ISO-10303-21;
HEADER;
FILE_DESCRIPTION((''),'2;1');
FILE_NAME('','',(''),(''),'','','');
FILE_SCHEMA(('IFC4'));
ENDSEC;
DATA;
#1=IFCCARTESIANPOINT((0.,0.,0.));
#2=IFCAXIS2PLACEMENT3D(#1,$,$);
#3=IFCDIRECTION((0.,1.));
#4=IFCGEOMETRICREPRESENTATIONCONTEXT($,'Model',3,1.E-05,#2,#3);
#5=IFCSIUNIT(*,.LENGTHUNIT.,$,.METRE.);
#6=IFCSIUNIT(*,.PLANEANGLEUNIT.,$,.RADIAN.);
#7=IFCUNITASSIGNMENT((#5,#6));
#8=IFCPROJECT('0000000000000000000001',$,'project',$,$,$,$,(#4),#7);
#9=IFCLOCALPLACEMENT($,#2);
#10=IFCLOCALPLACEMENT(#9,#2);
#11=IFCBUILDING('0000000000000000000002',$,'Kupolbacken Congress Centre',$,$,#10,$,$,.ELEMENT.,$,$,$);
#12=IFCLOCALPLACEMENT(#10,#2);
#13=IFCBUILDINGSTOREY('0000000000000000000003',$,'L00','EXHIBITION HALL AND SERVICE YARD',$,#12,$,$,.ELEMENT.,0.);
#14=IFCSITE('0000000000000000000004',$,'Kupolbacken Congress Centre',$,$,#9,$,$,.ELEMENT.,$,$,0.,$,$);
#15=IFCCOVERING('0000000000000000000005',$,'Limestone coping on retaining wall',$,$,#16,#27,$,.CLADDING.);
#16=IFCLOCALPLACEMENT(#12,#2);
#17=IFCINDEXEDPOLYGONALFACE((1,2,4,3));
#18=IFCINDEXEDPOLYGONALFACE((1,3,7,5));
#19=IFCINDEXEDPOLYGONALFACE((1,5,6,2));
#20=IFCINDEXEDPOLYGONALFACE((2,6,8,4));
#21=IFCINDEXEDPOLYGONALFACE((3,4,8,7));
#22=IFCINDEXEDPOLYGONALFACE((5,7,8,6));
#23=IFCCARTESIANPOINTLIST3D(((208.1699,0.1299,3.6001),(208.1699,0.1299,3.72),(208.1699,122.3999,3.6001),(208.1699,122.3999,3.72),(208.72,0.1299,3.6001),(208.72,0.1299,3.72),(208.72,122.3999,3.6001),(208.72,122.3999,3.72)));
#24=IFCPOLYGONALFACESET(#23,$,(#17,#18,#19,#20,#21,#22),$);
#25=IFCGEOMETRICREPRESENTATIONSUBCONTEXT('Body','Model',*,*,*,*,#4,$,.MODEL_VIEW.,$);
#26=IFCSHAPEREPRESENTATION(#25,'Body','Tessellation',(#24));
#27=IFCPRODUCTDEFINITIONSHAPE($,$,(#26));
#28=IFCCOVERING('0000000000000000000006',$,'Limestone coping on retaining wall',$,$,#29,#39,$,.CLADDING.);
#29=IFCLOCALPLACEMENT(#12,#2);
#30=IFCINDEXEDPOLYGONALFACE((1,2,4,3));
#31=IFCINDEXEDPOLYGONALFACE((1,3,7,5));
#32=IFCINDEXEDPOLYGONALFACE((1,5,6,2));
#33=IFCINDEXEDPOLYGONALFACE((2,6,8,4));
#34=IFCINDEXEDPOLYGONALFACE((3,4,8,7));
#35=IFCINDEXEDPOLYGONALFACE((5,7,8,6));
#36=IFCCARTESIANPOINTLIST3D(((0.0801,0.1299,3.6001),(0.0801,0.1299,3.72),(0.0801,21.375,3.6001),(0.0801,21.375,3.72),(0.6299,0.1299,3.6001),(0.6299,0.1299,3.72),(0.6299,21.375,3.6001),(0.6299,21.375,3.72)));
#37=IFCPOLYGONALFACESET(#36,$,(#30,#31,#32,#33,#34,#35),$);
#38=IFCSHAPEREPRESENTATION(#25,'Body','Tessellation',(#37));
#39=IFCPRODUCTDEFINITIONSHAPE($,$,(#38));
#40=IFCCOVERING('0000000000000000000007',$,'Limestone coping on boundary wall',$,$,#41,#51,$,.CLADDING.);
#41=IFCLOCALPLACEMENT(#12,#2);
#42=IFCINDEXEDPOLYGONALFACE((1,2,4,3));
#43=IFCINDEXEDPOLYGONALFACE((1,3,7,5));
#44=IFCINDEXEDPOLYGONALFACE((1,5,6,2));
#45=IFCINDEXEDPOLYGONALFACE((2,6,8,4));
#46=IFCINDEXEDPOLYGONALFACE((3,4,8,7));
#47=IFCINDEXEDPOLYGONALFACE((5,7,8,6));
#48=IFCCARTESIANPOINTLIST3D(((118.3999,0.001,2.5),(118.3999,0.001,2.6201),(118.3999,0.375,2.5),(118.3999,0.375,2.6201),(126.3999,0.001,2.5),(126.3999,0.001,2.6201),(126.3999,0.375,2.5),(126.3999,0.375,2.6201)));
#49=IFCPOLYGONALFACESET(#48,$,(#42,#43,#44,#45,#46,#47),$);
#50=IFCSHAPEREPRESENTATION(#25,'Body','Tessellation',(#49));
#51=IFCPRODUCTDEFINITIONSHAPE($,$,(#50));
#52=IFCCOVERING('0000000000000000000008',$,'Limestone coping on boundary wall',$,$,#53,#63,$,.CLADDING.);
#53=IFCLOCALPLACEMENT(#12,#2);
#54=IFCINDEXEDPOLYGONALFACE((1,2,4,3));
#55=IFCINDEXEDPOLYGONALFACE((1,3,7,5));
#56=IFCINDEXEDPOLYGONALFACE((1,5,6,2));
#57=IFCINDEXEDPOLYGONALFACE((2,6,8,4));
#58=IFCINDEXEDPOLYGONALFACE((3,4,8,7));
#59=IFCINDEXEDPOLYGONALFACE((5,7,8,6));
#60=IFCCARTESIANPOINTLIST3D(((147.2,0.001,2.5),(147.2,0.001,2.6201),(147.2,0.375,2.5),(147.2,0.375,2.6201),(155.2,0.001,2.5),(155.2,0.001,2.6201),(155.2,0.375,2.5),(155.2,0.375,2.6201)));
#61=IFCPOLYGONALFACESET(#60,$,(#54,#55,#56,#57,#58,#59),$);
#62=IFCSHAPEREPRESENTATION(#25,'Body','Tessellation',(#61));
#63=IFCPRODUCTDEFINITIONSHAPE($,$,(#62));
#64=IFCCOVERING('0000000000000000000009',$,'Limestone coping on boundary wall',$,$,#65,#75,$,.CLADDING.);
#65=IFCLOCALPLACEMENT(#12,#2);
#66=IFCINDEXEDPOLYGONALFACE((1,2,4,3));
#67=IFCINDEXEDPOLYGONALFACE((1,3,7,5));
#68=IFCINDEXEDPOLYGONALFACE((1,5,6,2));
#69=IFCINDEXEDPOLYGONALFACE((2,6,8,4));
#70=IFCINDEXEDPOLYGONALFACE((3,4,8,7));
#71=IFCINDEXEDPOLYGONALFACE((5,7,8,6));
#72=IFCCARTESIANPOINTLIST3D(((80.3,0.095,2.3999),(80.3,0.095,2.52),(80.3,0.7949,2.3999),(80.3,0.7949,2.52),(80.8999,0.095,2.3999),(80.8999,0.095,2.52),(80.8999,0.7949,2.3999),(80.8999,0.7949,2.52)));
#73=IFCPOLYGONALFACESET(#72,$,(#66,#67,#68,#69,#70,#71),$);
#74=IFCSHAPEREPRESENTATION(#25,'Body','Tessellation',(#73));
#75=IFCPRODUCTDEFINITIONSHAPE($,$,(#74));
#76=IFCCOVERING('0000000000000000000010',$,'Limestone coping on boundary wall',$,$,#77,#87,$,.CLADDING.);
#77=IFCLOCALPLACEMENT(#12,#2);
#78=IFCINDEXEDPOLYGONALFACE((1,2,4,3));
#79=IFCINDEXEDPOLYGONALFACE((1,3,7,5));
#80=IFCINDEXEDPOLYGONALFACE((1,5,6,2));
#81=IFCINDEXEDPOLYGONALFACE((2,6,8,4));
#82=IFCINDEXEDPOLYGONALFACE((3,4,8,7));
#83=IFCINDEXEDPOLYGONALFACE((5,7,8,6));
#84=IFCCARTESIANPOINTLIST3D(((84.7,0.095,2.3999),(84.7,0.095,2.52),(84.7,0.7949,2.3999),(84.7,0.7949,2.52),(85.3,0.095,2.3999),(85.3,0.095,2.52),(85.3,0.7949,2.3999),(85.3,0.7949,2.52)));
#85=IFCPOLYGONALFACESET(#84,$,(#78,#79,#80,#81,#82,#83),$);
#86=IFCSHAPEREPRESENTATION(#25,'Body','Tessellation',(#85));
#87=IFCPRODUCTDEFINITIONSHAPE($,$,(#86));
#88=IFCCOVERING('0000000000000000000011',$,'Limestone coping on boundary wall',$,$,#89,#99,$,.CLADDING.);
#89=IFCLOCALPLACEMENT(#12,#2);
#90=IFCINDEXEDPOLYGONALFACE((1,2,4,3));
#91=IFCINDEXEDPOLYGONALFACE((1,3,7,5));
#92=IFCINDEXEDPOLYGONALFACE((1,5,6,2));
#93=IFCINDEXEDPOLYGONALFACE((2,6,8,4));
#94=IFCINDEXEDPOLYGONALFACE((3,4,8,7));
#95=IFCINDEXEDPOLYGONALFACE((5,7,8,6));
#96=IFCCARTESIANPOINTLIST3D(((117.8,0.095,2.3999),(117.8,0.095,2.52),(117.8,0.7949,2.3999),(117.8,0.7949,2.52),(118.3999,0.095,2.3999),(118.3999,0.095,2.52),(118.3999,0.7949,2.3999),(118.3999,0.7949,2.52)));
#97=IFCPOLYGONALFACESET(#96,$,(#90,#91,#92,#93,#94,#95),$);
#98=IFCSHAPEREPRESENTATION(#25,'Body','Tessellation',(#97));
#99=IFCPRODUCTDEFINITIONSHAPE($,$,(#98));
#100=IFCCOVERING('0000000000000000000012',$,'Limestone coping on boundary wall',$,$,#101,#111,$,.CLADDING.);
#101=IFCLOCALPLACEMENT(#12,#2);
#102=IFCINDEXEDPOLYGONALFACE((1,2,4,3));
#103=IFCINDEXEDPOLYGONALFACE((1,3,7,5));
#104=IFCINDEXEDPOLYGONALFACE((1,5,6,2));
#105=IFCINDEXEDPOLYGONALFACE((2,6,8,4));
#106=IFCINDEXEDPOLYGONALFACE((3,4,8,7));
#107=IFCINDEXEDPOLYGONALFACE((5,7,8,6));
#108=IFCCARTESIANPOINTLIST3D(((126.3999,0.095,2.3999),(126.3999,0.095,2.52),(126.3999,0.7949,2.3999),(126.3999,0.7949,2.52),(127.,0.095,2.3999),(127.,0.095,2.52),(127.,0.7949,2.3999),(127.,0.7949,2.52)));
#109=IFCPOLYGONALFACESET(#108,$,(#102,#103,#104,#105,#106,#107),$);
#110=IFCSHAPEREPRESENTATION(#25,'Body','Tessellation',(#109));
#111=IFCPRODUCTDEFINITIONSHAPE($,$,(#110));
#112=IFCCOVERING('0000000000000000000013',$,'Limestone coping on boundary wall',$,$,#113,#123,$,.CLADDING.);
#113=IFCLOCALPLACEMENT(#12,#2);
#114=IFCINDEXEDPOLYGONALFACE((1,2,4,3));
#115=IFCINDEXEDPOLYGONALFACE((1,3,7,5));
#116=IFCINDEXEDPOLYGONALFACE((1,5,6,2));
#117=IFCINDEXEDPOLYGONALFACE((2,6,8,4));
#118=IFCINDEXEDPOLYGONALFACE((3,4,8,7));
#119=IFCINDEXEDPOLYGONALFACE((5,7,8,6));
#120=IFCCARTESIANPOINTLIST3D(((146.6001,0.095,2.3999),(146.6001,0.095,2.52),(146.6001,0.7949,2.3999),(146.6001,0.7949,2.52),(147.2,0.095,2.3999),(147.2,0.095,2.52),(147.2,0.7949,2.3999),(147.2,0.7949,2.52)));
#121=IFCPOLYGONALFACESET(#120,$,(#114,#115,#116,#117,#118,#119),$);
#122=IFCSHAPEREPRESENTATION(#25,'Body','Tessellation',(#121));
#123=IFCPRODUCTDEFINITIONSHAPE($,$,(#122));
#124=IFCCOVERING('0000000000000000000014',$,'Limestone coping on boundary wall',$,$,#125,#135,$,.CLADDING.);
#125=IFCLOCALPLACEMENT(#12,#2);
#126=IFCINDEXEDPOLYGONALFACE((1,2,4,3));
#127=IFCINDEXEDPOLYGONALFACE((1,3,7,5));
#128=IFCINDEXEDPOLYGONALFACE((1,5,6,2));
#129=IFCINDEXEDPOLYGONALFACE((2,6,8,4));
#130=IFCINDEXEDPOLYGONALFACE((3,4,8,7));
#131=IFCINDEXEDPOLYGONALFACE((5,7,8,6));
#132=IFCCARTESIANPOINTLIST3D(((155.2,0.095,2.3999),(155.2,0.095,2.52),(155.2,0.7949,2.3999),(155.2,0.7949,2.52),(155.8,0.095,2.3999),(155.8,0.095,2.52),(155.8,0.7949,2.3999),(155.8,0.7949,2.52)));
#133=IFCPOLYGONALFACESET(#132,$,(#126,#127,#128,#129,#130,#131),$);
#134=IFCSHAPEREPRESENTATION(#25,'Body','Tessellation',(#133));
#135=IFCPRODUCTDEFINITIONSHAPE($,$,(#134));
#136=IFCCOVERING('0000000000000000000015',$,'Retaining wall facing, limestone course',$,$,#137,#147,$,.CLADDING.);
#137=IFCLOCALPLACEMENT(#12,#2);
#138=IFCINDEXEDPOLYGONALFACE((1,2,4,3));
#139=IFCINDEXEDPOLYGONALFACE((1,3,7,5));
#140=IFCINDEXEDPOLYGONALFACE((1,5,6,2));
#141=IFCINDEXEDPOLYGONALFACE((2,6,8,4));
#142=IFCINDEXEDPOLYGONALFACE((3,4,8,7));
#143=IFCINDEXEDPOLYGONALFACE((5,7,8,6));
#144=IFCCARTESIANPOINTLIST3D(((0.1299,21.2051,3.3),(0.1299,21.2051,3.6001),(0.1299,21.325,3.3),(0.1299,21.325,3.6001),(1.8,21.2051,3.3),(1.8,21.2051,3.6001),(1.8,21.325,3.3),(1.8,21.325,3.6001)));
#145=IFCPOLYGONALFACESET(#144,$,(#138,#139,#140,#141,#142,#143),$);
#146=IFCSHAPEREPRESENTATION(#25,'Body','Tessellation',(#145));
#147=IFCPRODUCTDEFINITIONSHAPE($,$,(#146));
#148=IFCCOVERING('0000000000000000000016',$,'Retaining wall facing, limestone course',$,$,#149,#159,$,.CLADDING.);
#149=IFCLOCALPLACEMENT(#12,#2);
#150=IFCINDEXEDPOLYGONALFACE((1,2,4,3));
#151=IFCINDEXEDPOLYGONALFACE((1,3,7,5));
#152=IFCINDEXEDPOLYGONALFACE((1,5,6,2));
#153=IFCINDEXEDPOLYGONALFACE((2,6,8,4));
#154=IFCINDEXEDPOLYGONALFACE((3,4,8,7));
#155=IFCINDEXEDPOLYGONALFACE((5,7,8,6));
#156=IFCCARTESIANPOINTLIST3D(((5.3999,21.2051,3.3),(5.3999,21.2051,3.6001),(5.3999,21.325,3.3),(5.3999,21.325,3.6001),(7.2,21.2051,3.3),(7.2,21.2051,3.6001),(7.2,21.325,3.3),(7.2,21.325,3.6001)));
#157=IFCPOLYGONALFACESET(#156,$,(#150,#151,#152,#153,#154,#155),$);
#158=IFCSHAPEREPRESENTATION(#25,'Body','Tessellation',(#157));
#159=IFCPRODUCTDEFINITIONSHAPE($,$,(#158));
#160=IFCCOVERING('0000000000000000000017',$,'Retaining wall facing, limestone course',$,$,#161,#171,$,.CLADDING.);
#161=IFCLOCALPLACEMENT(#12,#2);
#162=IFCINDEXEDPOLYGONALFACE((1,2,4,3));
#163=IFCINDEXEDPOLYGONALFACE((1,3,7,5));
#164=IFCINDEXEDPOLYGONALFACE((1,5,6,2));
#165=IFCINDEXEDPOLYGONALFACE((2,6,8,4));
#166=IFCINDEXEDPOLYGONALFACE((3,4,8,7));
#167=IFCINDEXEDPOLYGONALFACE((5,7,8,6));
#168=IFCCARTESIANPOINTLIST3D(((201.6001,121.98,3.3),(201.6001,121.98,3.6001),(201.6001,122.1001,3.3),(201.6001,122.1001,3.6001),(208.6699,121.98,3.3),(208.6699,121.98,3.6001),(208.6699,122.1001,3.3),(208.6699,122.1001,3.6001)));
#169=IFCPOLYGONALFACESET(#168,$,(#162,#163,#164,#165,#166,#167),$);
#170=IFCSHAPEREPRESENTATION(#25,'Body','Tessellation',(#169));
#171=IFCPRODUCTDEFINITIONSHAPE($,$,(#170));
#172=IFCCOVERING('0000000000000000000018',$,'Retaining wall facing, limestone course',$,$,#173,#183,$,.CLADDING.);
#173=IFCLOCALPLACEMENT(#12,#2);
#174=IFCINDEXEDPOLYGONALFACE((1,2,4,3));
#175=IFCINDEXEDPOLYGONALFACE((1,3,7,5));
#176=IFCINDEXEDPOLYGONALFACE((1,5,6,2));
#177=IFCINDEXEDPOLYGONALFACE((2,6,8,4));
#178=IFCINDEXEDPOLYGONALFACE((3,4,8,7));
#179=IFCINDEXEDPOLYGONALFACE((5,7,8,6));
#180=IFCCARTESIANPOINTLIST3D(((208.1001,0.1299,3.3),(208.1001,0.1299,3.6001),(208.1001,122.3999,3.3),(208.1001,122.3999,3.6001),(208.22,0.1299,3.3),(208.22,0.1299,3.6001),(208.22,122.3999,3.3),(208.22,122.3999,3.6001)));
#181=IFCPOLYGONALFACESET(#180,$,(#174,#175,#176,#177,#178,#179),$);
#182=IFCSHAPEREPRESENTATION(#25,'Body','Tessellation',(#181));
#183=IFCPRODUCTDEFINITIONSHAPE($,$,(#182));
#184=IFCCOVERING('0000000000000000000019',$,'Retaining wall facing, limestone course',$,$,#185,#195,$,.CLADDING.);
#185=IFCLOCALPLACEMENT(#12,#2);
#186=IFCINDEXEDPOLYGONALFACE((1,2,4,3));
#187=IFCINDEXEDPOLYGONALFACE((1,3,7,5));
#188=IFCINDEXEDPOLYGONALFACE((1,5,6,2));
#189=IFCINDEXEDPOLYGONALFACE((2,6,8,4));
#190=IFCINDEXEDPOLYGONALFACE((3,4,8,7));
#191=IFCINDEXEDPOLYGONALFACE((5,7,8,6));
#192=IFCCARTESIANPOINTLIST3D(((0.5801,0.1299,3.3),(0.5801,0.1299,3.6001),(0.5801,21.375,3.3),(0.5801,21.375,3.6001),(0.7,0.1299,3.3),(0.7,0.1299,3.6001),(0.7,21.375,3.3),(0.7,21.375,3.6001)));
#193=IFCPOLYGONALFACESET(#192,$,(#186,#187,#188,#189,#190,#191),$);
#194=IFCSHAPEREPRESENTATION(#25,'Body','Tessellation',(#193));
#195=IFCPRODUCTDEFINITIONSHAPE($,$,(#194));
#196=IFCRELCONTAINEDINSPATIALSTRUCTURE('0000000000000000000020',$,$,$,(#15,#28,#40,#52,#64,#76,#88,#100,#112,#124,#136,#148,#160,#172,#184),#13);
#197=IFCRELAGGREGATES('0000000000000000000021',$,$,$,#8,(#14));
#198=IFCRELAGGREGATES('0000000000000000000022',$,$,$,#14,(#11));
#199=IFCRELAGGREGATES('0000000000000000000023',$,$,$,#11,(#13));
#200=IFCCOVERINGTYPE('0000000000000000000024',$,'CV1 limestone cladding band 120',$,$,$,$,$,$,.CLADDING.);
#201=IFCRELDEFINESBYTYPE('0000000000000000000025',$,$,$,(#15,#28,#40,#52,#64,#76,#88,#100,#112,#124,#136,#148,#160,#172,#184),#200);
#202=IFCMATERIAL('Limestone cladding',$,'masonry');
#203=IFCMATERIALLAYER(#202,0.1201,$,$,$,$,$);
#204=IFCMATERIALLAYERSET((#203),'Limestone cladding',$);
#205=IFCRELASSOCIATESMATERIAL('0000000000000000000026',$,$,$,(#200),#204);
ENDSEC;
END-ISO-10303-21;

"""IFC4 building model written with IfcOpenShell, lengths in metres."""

from ifc_helpers import new_model, si_unit, direction, frame, origin, place, context, subcontext, project, spatial, polyline, outline, extrude, material, layer, layer_set, type_object, element, save


model = new_model("IFC4")

# Units and contexts
model_context = context("Model", 3, precision=1e-05, world=origin(), true_north=direction((0.0, 1.0)))
body_context = subcontext(model_context, "Body", "Model", "MODEL_VIEW")
ifc_project = project(units=[si_unit("LENGTHUNIT", "METRE"), si_unit("PLANEANGLEUNIT", "RADIAN")], contexts=[model_context])

# Site, building, storey
site_placement = place(None, origin())
site = spatial("IfcSite", under=ifc_project, at=site_placement, Name="Kupolbacken Congress Centre", CompositionType="ELEMENT", RefElevation=0.0)
building_placement = place(site_placement, origin())
building = spatial("IfcBuilding", under=site, at=building_placement, Name="Kupolbacken Congress Centre", CompositionType="ELEMENT")
storey_placement = place(building_placement, origin())
storey = spatial("IfcBuildingStorey", under=building, at=storey_placement, Name="L00", Description="EXHIBITION HALL AND SERVICE YARD", CompositionType="ELEMENT", Elevation=0.0)

# Coverings
ifc_material_1 = material(Name="Limestone cladding", Category="masonry")
ifc_layer_1 = layer(ifc_material_1, 0.1201)
ifc_layer_set_1 = layer_set([ifc_layer_1], Name="Limestone cladding")
covering_type_1 = type_object("IfcCoveringType", Name="CV1 limestone cladding band 120", PredefinedType="CLADDING", material=ifc_layer_set_1)
covering_1_placement = place(storey_placement, frame((0.0, 0.0, 3.6001)))
element("IfcCovering", 1, at=covering_1_placement, inside=storey, type_object=covering_type_1, Name="Limestone coping on retaining wall", PredefinedType="CLADDING", context=body_context, shape_type="SweptSolid", body=[
    extrude(outline(polyline([(208.72, 0.1299), (208.1699, 0.1299), (208.1699, 122.3999), (208.72, 122.3999), (208.72, 0.1299)])), origin(), (0.0, 0.0, 1.0), 0.1199),
])
covering_2_placement = place(storey_placement, frame((0.0, 0.0, 3.6001)))
element("IfcCovering", 2, at=covering_2_placement, inside=storey, type_object=covering_type_1, Name="Limestone coping on retaining wall", PredefinedType="CLADDING", context=body_context, shape_type="SweptSolid", body=[
    extrude(outline(polyline([(0.6299, 0.1299), (0.0801, 0.1299), (0.0801, 21.375), (0.6299, 21.375), (0.6299, 0.1299)])), origin(), (0.0, 0.0, 1.0), 0.1199),
])
covering_3_placement = place(storey_placement, frame((0.0, 0.0, 2.5)))
element("IfcCovering", 3, at=covering_3_placement, inside=storey, type_object=covering_type_1, Name="Limestone coping on boundary wall", PredefinedType="CLADDING", context=body_context, shape_type="SweptSolid", body=[
    extrude(outline(polyline([(118.3999, 0.375), (126.3999, 0.375), (126.3999, 0.001), (118.3999, 0.001), (118.3999, 0.375)])), origin(), (0.0, 0.0, 1.0), 0.1201),
])
covering_4_placement = place(storey_placement, frame((0.0, 0.0, 2.5)))
element("IfcCovering", 4, at=covering_4_placement, inside=storey, type_object=covering_type_1, Name="Limestone coping on boundary wall", PredefinedType="CLADDING", context=body_context, shape_type="SweptSolid", body=[
    extrude(outline(polyline([(147.2, 0.375), (155.2, 0.375), (155.2, 0.001), (147.2, 0.001), (147.2, 0.375)])), origin(), (0.0, 0.0, 1.0), 0.1201),
])
covering_5_placement = place(storey_placement, frame((0.0, 0.0, 2.3999)))
element("IfcCovering", 5, at=covering_5_placement, inside=storey, type_object=covering_type_1, Name="Limestone coping on boundary wall", PredefinedType="CLADDING", context=body_context, shape_type="SweptSolid", body=[
    extrude(outline(polyline([(80.8999, 0.7949), (80.8999, 0.095), (80.3, 0.095), (80.3, 0.7949), (80.8999, 0.7949)])), origin(), (0.0, 0.0, 1.0), 0.1201),
])
covering_6_placement = place(storey_placement, frame((0.0, 0.0, 2.3999)))
element("IfcCovering", 6, at=covering_6_placement, inside=storey, type_object=covering_type_1, Name="Limestone coping on boundary wall", PredefinedType="CLADDING", context=body_context, shape_type="SweptSolid", body=[
    extrude(outline(polyline([(84.7, 0.095), (84.7, 0.7949), (85.3, 0.7949), (85.3, 0.095), (84.7, 0.095)])), origin(), (0.0, 0.0, 1.0), 0.1201),
])
covering_7_placement = place(storey_placement, frame((0.0, 0.0, 2.3999)))
element("IfcCovering", 7, at=covering_7_placement, inside=storey, type_object=covering_type_1, Name="Limestone coping on boundary wall", PredefinedType="CLADDING", context=body_context, shape_type="SweptSolid", body=[
    extrude(outline(polyline([(118.3999, 0.7949), (118.3999, 0.095), (117.8, 0.095), (117.8, 0.7949), (118.3999, 0.7949)])), origin(), (0.0, 0.0, 1.0), 0.1201),
])
covering_8_placement = place(storey_placement, frame((0.0, 0.0, 2.3999)))
element("IfcCovering", 8, at=covering_8_placement, inside=storey, type_object=covering_type_1, Name="Limestone coping on boundary wall", PredefinedType="CLADDING", context=body_context, shape_type="SweptSolid", body=[
    extrude(outline(polyline([(126.3999, 0.095), (126.3999, 0.7949), (127.0, 0.7949), (127.0, 0.095), (126.3999, 0.095)])), origin(), (0.0, 0.0, 1.0), 0.1201),
])
covering_9_placement = place(storey_placement, frame((0.0, 0.0, 2.3999)))
element("IfcCovering", 9, at=covering_9_placement, inside=storey, type_object=covering_type_1, Name="Limestone coping on boundary wall", PredefinedType="CLADDING", context=body_context, shape_type="SweptSolid", body=[
    extrude(outline(polyline([(147.2, 0.7949), (147.2, 0.095), (146.6001, 0.095), (146.6001, 0.7949), (147.2, 0.7949)])), origin(), (0.0, 0.0, 1.0), 0.1201),
])
covering_10_placement = place(storey_placement, frame((0.0, 0.0, 2.3999)))
element("IfcCovering", 10, at=covering_10_placement, inside=storey, type_object=covering_type_1, Name="Limestone coping on boundary wall", PredefinedType="CLADDING", context=body_context, shape_type="SweptSolid", body=[
    extrude(outline(polyline([(155.2, 0.095), (155.2, 0.7949), (155.8, 0.7949), (155.8, 0.095), (155.2, 0.095)])), origin(), (0.0, 0.0, 1.0), 0.1201),
])
covering_11_placement = place(storey_placement, frame((0.0, 0.0, 3.3)))
element("IfcCovering", 11, at=covering_11_placement, inside=storey, type_object=covering_type_1, Name="Retaining wall facing, limestone course", PredefinedType="CLADDING", context=body_context, shape_type="SweptSolid", body=[
    extrude(outline(polyline([(0.1299, 21.2051), (0.1299, 21.325), (1.8, 21.325), (1.8, 21.2051), (0.1299, 21.2051)])), origin(), (0.0, 0.0, 1.0), 0.3),
])
covering_12_placement = place(storey_placement, frame((0.0, 0.0, 3.3)))
element("IfcCovering", 12, at=covering_12_placement, inside=storey, type_object=covering_type_1, Name="Retaining wall facing, limestone course", PredefinedType="CLADDING", context=body_context, shape_type="SweptSolid", body=[
    extrude(outline(polyline([(5.3999, 21.2051), (5.3999, 21.325), (7.2, 21.325), (7.2, 21.2051), (5.3999, 21.2051)])), origin(), (0.0, 0.0, 1.0), 0.3),
])
covering_13_placement = place(storey_placement, frame((0.0, 0.0, 3.3)))
element("IfcCovering", 13, at=covering_13_placement, inside=storey, type_object=covering_type_1, Name="Retaining wall facing, limestone course", PredefinedType="CLADDING", context=body_context, shape_type="SweptSolid", body=[
    extrude(outline(polyline([(201.6001, 121.98), (201.6001, 122.1001), (208.6699, 122.1001), (208.6699, 121.98), (201.6001, 121.98)])), origin(), (0.0, 0.0, 1.0), 0.3),
])
covering_14_placement = place(storey_placement, frame((0.0, 0.0, 3.3)))
element("IfcCovering", 14, at=covering_14_placement, inside=storey, type_object=covering_type_1, Name="Retaining wall facing, limestone course", PredefinedType="CLADDING", context=body_context, shape_type="SweptSolid", body=[
    extrude(outline(polyline([(208.22, 0.1299), (208.1001, 0.1299), (208.1001, 122.3999), (208.22, 122.3999), (208.22, 0.1299)])), origin(), (0.0, 0.0, 1.0), 0.3),
])
covering_15_placement = place(storey_placement, frame((0.0, 0.0, 3.3)))
element("IfcCovering", 15, at=covering_15_placement, inside=storey, type_object=covering_type_1, Name="Retaining wall facing, limestone course", PredefinedType="CLADDING", context=body_context, shape_type="SweptSolid", body=[
    extrude(outline(polyline([(0.7, 0.1299), (0.5801, 0.1299), (0.5801, 21.375), (0.7, 21.375), (0.7, 0.1299)])), origin(), (0.0, 0.0, 1.0), 0.3),
])

save(model, "model.ifc")
